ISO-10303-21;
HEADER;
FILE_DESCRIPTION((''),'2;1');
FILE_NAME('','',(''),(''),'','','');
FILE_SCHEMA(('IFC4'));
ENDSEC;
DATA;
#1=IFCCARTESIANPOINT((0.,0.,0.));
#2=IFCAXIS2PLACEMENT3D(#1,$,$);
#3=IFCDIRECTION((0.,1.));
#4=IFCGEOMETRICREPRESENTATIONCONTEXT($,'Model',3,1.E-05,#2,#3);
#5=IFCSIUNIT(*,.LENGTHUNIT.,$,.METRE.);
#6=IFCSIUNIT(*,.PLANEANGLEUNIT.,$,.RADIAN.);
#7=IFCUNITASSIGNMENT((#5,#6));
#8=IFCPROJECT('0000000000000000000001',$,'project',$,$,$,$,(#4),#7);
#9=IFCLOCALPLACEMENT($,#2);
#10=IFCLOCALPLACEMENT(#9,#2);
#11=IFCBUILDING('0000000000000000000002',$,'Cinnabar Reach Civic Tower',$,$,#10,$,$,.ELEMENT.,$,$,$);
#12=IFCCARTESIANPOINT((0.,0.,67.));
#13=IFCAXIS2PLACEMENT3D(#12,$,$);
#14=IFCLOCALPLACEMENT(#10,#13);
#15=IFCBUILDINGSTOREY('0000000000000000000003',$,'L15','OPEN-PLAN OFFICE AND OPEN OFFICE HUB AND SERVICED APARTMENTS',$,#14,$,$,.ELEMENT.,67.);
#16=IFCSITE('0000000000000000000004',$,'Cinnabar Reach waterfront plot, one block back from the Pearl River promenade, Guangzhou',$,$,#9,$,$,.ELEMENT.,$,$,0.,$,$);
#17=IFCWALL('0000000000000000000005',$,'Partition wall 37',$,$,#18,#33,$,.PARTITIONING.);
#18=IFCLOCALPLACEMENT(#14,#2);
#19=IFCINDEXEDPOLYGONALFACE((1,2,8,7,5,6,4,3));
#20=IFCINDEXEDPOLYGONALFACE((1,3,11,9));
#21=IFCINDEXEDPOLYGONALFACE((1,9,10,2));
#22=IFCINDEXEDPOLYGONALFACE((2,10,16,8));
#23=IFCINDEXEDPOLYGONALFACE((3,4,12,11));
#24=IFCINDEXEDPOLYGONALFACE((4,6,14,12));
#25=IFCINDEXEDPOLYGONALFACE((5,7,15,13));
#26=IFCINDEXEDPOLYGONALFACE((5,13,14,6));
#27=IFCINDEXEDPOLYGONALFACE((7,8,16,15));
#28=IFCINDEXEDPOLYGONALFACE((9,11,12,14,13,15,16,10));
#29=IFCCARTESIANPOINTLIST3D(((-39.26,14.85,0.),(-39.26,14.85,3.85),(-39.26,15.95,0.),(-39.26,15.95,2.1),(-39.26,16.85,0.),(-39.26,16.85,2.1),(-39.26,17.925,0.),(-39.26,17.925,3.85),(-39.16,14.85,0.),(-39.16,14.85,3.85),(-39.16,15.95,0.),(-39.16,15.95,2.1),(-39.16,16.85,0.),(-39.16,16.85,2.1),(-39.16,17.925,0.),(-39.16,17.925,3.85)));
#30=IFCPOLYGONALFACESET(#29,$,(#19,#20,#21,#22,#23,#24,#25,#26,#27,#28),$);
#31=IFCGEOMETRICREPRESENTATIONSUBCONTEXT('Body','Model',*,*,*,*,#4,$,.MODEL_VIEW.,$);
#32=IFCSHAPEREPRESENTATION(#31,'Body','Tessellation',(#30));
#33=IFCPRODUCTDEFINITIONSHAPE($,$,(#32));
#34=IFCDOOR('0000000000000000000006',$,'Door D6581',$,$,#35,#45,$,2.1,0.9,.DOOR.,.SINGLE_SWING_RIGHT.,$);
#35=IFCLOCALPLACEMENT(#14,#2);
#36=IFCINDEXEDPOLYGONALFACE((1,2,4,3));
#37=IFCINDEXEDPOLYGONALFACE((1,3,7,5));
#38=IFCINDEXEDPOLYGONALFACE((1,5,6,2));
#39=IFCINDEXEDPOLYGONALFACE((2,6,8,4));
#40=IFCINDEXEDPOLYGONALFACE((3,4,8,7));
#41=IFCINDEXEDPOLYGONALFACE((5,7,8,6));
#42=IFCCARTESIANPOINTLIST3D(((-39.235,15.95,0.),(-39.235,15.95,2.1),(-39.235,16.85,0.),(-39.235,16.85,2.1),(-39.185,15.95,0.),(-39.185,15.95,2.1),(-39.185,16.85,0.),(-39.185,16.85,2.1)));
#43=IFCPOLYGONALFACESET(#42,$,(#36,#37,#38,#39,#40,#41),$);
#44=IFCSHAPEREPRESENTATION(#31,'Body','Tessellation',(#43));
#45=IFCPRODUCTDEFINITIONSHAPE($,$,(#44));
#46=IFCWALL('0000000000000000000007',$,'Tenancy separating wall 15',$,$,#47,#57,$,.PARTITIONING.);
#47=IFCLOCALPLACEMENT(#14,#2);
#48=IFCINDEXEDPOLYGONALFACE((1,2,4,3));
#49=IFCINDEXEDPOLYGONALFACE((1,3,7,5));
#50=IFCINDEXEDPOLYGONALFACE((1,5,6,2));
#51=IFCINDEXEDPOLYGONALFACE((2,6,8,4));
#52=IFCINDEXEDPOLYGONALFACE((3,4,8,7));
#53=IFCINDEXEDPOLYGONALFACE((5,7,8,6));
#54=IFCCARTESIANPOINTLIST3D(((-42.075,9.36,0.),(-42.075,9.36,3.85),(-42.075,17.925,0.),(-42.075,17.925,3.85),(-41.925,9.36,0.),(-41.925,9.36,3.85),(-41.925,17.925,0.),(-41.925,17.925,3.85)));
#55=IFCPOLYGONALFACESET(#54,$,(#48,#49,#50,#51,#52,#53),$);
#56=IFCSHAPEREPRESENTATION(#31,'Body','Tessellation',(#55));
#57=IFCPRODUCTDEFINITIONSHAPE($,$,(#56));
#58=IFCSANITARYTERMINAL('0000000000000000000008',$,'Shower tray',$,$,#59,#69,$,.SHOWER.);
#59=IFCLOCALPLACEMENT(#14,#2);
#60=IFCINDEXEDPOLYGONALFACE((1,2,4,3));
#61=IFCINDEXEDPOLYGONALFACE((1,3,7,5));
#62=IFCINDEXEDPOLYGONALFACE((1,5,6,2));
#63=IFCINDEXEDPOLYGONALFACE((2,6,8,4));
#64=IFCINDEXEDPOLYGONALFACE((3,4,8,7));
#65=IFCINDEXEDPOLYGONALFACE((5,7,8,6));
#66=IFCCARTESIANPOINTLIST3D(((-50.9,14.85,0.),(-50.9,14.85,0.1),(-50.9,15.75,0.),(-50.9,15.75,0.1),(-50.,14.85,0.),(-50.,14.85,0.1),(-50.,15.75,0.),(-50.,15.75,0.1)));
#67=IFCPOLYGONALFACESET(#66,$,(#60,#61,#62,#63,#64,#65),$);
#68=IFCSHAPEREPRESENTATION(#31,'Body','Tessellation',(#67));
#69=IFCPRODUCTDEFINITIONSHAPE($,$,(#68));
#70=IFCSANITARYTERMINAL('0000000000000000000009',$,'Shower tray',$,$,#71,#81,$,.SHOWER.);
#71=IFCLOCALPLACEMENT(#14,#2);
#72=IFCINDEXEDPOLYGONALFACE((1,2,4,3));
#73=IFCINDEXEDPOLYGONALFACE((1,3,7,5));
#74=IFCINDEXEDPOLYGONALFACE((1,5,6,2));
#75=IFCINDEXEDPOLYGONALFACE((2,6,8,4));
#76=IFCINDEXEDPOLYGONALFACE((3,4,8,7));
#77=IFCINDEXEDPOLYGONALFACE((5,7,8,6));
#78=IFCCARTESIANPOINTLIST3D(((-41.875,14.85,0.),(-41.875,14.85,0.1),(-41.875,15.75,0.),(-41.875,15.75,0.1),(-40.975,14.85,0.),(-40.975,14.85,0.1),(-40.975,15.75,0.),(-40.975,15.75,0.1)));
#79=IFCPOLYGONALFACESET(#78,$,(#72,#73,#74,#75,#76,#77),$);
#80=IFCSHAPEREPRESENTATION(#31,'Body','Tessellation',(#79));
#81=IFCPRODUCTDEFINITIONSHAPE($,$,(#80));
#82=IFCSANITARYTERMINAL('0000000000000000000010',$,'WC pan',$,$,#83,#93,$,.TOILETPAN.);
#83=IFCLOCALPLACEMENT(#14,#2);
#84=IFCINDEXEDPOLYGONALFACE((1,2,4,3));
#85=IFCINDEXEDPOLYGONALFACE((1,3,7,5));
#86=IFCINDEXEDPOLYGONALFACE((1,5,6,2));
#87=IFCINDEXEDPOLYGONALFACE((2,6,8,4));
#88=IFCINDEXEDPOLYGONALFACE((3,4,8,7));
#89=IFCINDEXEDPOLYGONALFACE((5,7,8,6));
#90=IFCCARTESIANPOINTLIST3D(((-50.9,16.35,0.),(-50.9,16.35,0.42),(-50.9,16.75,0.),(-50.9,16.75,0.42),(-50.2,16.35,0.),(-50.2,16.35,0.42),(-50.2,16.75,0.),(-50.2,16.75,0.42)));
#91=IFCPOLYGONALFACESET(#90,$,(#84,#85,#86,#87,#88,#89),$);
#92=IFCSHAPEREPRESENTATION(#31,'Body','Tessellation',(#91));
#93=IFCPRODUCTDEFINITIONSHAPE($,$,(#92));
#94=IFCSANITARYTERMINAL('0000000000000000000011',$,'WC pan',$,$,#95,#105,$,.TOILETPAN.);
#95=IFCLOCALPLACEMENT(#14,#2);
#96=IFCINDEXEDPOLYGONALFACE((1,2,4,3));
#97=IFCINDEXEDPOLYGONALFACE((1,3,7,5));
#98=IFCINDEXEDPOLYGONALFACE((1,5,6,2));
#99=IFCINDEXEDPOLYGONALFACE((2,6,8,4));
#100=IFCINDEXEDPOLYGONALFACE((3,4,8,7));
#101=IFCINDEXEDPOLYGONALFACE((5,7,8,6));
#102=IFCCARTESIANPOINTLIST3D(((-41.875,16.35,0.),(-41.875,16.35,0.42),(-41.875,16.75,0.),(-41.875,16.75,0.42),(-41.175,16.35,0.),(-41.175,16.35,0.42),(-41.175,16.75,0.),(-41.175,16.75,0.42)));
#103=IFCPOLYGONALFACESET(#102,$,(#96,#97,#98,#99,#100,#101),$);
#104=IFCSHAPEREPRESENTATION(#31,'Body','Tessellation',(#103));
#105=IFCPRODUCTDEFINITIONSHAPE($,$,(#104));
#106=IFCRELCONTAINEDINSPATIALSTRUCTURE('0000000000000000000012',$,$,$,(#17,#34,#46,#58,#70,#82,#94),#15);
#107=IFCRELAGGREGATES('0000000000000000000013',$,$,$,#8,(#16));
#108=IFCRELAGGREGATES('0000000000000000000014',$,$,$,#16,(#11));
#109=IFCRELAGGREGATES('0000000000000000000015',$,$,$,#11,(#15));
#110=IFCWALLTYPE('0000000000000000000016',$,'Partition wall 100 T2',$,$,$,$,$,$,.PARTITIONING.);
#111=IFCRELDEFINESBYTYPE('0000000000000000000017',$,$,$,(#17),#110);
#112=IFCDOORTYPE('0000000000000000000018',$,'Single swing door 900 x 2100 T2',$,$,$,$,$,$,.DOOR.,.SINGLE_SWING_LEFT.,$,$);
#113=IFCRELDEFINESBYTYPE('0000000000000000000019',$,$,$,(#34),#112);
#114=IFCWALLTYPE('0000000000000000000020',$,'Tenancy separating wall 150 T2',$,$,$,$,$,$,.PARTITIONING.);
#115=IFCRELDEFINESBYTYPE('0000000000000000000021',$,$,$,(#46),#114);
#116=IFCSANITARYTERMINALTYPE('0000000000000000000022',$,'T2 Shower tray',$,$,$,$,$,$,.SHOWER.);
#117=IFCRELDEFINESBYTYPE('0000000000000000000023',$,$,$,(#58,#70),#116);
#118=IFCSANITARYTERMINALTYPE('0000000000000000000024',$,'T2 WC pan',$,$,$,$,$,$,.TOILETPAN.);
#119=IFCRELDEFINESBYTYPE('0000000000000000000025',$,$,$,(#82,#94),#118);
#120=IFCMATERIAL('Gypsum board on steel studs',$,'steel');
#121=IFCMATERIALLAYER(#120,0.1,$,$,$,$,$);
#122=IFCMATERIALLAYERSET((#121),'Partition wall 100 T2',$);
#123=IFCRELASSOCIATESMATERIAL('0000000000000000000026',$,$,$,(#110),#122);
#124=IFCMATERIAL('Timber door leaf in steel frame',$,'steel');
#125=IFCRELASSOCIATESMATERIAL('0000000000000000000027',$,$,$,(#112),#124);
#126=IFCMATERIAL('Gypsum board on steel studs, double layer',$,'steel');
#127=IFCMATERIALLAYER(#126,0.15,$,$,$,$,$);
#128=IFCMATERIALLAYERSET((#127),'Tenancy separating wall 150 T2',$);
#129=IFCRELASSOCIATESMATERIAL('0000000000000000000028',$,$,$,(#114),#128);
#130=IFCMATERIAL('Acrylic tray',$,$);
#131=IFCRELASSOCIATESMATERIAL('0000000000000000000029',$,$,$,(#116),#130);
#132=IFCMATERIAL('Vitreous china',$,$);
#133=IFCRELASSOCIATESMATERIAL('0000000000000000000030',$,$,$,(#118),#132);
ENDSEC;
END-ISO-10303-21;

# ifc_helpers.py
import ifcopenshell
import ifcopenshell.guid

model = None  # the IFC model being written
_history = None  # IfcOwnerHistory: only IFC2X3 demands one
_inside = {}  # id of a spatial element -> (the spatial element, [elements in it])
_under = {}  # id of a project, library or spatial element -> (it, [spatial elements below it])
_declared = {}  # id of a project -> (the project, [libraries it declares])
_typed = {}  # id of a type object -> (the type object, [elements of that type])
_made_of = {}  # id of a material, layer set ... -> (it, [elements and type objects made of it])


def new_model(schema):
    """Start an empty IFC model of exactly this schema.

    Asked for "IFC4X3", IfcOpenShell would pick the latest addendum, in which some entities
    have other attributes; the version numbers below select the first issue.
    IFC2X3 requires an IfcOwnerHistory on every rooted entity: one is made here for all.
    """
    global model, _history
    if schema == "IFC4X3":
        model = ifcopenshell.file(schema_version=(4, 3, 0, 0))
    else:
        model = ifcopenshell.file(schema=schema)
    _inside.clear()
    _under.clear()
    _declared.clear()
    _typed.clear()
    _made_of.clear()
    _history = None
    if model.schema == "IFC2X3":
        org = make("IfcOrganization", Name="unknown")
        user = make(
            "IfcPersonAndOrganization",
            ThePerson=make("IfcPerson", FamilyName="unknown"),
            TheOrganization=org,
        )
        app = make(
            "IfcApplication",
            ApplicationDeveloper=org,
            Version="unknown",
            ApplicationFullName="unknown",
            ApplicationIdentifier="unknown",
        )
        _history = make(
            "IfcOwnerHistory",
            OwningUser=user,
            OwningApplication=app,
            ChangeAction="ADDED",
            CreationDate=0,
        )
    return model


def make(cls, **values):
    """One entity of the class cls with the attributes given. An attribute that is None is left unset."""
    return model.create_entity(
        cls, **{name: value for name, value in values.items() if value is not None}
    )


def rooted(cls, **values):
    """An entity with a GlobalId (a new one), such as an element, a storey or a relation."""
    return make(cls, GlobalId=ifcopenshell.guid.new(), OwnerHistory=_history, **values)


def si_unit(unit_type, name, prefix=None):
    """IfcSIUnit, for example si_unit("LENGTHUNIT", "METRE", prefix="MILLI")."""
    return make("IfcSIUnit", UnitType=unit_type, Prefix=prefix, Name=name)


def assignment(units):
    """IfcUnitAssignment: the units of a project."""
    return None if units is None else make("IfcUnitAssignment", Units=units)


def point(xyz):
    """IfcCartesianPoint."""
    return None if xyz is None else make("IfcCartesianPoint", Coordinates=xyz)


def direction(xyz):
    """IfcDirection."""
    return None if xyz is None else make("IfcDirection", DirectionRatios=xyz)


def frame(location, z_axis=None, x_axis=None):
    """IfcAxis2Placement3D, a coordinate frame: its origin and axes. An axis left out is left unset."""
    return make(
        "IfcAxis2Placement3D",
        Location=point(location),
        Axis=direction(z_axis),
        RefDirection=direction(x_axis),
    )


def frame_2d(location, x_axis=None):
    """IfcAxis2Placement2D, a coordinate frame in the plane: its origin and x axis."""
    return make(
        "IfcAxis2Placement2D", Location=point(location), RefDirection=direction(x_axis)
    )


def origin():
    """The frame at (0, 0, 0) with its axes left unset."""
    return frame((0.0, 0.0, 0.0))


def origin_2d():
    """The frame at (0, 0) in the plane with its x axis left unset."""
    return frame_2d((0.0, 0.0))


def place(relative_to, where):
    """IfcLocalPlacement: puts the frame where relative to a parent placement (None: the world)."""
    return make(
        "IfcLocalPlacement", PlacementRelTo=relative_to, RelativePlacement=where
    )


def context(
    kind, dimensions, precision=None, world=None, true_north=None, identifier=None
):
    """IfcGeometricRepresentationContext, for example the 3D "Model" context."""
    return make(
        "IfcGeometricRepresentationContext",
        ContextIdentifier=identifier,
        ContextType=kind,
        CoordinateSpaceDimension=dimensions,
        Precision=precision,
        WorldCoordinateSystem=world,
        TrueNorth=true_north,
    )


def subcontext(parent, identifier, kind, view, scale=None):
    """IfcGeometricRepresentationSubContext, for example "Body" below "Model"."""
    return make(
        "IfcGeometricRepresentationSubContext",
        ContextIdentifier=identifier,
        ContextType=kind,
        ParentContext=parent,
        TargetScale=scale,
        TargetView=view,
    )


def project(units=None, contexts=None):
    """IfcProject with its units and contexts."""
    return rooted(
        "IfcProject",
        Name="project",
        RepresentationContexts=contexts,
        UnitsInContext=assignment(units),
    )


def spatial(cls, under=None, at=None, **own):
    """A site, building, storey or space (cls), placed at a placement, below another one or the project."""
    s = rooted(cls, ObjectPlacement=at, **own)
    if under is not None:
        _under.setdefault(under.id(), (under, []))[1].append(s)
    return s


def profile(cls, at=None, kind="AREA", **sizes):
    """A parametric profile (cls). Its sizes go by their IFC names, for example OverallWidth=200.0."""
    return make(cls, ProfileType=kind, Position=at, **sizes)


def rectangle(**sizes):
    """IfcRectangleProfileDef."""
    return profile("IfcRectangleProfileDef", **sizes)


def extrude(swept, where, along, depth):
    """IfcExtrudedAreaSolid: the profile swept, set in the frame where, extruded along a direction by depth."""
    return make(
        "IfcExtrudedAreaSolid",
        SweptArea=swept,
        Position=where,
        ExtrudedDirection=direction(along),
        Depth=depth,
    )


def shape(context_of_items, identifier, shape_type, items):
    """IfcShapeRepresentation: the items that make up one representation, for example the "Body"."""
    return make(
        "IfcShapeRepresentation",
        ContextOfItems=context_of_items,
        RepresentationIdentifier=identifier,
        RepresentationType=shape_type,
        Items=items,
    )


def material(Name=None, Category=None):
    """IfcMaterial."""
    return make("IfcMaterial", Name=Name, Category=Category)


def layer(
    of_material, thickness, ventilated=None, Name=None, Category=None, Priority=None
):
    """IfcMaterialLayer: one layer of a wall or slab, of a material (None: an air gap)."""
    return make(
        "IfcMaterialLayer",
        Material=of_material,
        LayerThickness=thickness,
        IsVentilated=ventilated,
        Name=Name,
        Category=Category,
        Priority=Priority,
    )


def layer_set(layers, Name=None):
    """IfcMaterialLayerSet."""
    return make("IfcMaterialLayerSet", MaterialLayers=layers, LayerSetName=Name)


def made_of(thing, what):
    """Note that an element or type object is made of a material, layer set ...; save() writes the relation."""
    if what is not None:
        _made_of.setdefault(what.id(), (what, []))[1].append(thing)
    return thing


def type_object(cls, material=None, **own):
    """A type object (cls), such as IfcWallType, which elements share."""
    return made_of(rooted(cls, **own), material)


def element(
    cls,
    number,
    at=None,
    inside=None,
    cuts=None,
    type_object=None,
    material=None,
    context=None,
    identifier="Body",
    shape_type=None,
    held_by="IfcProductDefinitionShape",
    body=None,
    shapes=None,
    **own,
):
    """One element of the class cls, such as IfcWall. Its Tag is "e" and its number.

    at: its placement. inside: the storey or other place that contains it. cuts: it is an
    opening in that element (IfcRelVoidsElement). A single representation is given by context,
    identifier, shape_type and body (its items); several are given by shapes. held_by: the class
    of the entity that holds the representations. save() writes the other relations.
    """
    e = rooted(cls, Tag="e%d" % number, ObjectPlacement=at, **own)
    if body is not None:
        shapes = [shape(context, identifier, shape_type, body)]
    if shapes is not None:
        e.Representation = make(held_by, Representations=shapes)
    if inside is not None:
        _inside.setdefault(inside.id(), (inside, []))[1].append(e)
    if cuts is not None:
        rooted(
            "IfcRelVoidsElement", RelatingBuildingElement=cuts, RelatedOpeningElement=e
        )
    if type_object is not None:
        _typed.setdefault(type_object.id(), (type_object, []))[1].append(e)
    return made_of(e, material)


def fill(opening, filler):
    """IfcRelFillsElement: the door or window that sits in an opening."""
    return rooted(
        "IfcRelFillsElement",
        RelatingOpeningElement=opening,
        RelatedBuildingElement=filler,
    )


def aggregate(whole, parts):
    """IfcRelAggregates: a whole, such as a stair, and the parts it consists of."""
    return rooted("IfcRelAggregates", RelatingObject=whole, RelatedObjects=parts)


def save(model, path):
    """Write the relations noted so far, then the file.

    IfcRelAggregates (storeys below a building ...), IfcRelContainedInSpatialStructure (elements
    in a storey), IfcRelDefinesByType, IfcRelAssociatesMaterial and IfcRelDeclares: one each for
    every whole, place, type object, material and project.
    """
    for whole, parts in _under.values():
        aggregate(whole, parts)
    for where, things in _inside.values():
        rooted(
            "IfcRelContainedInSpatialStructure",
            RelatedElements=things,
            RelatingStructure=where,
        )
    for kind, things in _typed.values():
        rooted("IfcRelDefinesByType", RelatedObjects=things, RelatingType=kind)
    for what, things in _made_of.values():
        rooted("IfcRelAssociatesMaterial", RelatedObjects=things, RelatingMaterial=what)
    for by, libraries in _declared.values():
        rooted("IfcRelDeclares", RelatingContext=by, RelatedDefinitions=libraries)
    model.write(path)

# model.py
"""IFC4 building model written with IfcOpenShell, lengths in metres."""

from ifc_helpers import new_model, si_unit, direction, frame, frame_2d, origin, origin_2d, place, context, subcontext, project, spatial, rectangle, extrude, material, layer, layer_set, type_object, element, fill, save


model = new_model("IFC4")

# Units and contexts
model_context = context("Model", 3, precision=1e-05, world=origin(), true_north=direction((0.0, 1.0)))
body_context = subcontext(model_context, "Body", "Model", "MODEL_VIEW")
ifc_project = project(units=[si_unit("LENGTHUNIT", "METRE"), si_unit("PLANEANGLEUNIT", "RADIAN")], contexts=[model_context])

# Site, building, storey
site_placement = place(None, origin())
site = spatial("IfcSite", under=ifc_project, at=site_placement, Name="Cinnabar Reach waterfront plot, one block back from the Pearl River promenade, Guangzhou", CompositionType="ELEMENT", RefElevation=0.0)
building_placement = place(site_placement, origin())
building = spatial("IfcBuilding", under=site, at=building_placement, Name="Cinnabar Reach Civic Tower", CompositionType="ELEMENT")
storey_placement = place(building_placement, frame((0.0, 0.0, 67.0)))
storey = spatial("IfcBuildingStorey", under=building, at=storey_placement, Name="L15", Description="OPEN-PLAN OFFICE AND OPEN OFFICE HUB AND SERVICED APARTMENTS", CompositionType="ELEMENT", Elevation=67.0)

# Shared definitions
ifc_material_1 = material(Name="Gypsum board on steel studs", Category="steel")
ifc_layer_1 = layer(ifc_material_1, 0.1)
ifc_layer_set_1 = layer_set([ifc_layer_1], Name="Partition wall 100 T2")
wall_type_1 = type_object("IfcWallType", Name="Partition wall 100 T2", PredefinedType="PARTITIONING", material=ifc_layer_set_1)
ifc_material_2 = material(Name="Timber door leaf in steel frame", Category="steel")
door_type = type_object("IfcDoorType", Name="Single swing door 900 x 2100 T2", OperationType="SINGLE_SWING_LEFT", PredefinedType="DOOR", material=ifc_material_2)

# Wall, opening, door
wall_1_placement = place(storey_placement, frame((-39.21, 14.85, 0.0), z_axis=(0.0, 0.0, 1.0), x_axis=(0.0, 1.0, 0.0)))
wall_1 = element("IfcWall", 1, at=wall_1_placement, inside=storey, type_object=wall_type_1, Name="Partition wall 37", PredefinedType="PARTITIONING", context=body_context, shape_type="SweptSolid", body=[
    extrude(rectangle(XDim=3.075, YDim=0.1, at=frame_2d((1.5375, 0.0))), origin(), (0.0, 0.0, 1.0), 3.85),
])
opening_1_placement = place(wall_1_placement, frame((1.1, 0.0, 0.0)))
opening_1 = element("IfcOpeningElement", 2, at=opening_1_placement, cuts=wall_1, PredefinedType="OPENING", context=body_context, shape_type="SweptSolid", body=[
    extrude(rectangle(XDim=0.9, YDim=2.1, at=frame_2d((0.45, 1.05))), frame((0.0, 0.06, 0.0), z_axis=(0.0, -1.0, 0.0), x_axis=(1.0, 0.0, 0.0)), (0.0, 0.0, 1.0), 0.12),
])
door_1_placement = place(opening_1_placement, origin())
door_1 = element("IfcDoor", 3, at=door_1_placement, inside=storey, type_object=door_type, Name="Door D6581", OperationType="SINGLE_SWING_RIGHT", OverallHeight=2.1, OverallWidth=0.9, PredefinedType="DOOR", context=body_context, shape_type="SweptSolid", body=[
    extrude(rectangle(XDim=0.9, YDim=2.1, at=frame_2d((0.45, 1.05))), frame((0.0, 0.025, 0.0), z_axis=(0.0, -1.0, 0.0), x_axis=(1.0, 0.0, 0.0)), (0.0, 0.0, 1.0), 0.05),
])
fill(opening_1, door_1)

# Wall
ifc_material_3 = material(Name="Gypsum board on steel studs, double layer", Category="steel")
ifc_layer_2 = layer(ifc_material_3, 0.15)
ifc_layer_set_2 = layer_set([ifc_layer_2], Name="Tenancy separating wall 150 T2")
wall_type_2 = type_object("IfcWallType", Name="Tenancy separating wall 150 T2", PredefinedType="PARTITIONING", material=ifc_layer_set_2)
wall_2_placement = place(storey_placement, frame((-42.0, 9.36, 0.0), z_axis=(0.0, 0.0, 1.0), x_axis=(0.0, 1.0, 0.0)))
element("IfcWall", 4, at=wall_2_placement, inside=storey, type_object=wall_type_2, Name="Tenancy separating wall 15", PredefinedType="PARTITIONING", context=body_context, shape_type="SweptSolid", body=[
    extrude(rectangle(XDim=8.565, YDim=0.15, at=frame_2d((4.2825, 0.0))), origin(), (0.0, 0.0, 1.0), 3.85),
])

# Sanitary terminals
ifc_material_4 = material(Name="Acrylic tray")
sanitary_terminal_type_1 = type_object("IfcSanitaryTerminalType", Name="T2 Shower tray", PredefinedType="SHOWER", material=ifc_material_4)
for number, where, z_axis, x_axis, name in (
    (5, (-50.45, 15.3, 0.0), (0.0, 0.0, 1.0), (1.0, 0.0, 0.0), "Shower tray"),
    (6, (-41.425, 15.3, 0.0), (0.0, 0.0, 1.0), (1.0, 0.0, 0.0), "Shower tray"),
):
    element("IfcSanitaryTerminal", number, at=place(storey_placement, frame(where, z_axis=z_axis, x_axis=x_axis)), inside=storey, type_object=sanitary_terminal_type_1, Name=name, PredefinedType="SHOWER", context=body_context, shape_type="SweptSolid", body=[
        extrude(rectangle(XDim=0.9, YDim=0.9, at=origin_2d()), origin(), (0.0, 0.0, 1.0), 0.1),
    ])
ifc_material_5 = material(Name="Vitreous china")
sanitary_terminal_type_2 = type_object("IfcSanitaryTerminalType", Name="T2 WC pan", PredefinedType="TOILETPAN", material=ifc_material_5)
for number, where, z_axis, x_axis, name in (
    (7, (-50.55, 16.55, 0.0), (0.0, 0.0, 1.0), (1.0, 0.0, 0.0), "WC pan"),
    (8, (-41.525, 16.55, 0.0), (0.0, 0.0, 1.0), (1.0, 0.0, 0.0), "WC pan"),
):
    element("IfcSanitaryTerminal", number, at=place(storey_placement, frame(where, z_axis=z_axis, x_axis=x_axis)), inside=storey, type_object=sanitary_terminal_type_2, Name=name, PredefinedType="TOILETPAN", context=body_context, shape_type="SweptSolid", body=[
        extrude(rectangle(XDim=0.7, YDim=0.4, at=origin_2d()), origin(), (0.0, 0.0, 1.0), 0.42),
    ])

save(model, "model.ifc")
